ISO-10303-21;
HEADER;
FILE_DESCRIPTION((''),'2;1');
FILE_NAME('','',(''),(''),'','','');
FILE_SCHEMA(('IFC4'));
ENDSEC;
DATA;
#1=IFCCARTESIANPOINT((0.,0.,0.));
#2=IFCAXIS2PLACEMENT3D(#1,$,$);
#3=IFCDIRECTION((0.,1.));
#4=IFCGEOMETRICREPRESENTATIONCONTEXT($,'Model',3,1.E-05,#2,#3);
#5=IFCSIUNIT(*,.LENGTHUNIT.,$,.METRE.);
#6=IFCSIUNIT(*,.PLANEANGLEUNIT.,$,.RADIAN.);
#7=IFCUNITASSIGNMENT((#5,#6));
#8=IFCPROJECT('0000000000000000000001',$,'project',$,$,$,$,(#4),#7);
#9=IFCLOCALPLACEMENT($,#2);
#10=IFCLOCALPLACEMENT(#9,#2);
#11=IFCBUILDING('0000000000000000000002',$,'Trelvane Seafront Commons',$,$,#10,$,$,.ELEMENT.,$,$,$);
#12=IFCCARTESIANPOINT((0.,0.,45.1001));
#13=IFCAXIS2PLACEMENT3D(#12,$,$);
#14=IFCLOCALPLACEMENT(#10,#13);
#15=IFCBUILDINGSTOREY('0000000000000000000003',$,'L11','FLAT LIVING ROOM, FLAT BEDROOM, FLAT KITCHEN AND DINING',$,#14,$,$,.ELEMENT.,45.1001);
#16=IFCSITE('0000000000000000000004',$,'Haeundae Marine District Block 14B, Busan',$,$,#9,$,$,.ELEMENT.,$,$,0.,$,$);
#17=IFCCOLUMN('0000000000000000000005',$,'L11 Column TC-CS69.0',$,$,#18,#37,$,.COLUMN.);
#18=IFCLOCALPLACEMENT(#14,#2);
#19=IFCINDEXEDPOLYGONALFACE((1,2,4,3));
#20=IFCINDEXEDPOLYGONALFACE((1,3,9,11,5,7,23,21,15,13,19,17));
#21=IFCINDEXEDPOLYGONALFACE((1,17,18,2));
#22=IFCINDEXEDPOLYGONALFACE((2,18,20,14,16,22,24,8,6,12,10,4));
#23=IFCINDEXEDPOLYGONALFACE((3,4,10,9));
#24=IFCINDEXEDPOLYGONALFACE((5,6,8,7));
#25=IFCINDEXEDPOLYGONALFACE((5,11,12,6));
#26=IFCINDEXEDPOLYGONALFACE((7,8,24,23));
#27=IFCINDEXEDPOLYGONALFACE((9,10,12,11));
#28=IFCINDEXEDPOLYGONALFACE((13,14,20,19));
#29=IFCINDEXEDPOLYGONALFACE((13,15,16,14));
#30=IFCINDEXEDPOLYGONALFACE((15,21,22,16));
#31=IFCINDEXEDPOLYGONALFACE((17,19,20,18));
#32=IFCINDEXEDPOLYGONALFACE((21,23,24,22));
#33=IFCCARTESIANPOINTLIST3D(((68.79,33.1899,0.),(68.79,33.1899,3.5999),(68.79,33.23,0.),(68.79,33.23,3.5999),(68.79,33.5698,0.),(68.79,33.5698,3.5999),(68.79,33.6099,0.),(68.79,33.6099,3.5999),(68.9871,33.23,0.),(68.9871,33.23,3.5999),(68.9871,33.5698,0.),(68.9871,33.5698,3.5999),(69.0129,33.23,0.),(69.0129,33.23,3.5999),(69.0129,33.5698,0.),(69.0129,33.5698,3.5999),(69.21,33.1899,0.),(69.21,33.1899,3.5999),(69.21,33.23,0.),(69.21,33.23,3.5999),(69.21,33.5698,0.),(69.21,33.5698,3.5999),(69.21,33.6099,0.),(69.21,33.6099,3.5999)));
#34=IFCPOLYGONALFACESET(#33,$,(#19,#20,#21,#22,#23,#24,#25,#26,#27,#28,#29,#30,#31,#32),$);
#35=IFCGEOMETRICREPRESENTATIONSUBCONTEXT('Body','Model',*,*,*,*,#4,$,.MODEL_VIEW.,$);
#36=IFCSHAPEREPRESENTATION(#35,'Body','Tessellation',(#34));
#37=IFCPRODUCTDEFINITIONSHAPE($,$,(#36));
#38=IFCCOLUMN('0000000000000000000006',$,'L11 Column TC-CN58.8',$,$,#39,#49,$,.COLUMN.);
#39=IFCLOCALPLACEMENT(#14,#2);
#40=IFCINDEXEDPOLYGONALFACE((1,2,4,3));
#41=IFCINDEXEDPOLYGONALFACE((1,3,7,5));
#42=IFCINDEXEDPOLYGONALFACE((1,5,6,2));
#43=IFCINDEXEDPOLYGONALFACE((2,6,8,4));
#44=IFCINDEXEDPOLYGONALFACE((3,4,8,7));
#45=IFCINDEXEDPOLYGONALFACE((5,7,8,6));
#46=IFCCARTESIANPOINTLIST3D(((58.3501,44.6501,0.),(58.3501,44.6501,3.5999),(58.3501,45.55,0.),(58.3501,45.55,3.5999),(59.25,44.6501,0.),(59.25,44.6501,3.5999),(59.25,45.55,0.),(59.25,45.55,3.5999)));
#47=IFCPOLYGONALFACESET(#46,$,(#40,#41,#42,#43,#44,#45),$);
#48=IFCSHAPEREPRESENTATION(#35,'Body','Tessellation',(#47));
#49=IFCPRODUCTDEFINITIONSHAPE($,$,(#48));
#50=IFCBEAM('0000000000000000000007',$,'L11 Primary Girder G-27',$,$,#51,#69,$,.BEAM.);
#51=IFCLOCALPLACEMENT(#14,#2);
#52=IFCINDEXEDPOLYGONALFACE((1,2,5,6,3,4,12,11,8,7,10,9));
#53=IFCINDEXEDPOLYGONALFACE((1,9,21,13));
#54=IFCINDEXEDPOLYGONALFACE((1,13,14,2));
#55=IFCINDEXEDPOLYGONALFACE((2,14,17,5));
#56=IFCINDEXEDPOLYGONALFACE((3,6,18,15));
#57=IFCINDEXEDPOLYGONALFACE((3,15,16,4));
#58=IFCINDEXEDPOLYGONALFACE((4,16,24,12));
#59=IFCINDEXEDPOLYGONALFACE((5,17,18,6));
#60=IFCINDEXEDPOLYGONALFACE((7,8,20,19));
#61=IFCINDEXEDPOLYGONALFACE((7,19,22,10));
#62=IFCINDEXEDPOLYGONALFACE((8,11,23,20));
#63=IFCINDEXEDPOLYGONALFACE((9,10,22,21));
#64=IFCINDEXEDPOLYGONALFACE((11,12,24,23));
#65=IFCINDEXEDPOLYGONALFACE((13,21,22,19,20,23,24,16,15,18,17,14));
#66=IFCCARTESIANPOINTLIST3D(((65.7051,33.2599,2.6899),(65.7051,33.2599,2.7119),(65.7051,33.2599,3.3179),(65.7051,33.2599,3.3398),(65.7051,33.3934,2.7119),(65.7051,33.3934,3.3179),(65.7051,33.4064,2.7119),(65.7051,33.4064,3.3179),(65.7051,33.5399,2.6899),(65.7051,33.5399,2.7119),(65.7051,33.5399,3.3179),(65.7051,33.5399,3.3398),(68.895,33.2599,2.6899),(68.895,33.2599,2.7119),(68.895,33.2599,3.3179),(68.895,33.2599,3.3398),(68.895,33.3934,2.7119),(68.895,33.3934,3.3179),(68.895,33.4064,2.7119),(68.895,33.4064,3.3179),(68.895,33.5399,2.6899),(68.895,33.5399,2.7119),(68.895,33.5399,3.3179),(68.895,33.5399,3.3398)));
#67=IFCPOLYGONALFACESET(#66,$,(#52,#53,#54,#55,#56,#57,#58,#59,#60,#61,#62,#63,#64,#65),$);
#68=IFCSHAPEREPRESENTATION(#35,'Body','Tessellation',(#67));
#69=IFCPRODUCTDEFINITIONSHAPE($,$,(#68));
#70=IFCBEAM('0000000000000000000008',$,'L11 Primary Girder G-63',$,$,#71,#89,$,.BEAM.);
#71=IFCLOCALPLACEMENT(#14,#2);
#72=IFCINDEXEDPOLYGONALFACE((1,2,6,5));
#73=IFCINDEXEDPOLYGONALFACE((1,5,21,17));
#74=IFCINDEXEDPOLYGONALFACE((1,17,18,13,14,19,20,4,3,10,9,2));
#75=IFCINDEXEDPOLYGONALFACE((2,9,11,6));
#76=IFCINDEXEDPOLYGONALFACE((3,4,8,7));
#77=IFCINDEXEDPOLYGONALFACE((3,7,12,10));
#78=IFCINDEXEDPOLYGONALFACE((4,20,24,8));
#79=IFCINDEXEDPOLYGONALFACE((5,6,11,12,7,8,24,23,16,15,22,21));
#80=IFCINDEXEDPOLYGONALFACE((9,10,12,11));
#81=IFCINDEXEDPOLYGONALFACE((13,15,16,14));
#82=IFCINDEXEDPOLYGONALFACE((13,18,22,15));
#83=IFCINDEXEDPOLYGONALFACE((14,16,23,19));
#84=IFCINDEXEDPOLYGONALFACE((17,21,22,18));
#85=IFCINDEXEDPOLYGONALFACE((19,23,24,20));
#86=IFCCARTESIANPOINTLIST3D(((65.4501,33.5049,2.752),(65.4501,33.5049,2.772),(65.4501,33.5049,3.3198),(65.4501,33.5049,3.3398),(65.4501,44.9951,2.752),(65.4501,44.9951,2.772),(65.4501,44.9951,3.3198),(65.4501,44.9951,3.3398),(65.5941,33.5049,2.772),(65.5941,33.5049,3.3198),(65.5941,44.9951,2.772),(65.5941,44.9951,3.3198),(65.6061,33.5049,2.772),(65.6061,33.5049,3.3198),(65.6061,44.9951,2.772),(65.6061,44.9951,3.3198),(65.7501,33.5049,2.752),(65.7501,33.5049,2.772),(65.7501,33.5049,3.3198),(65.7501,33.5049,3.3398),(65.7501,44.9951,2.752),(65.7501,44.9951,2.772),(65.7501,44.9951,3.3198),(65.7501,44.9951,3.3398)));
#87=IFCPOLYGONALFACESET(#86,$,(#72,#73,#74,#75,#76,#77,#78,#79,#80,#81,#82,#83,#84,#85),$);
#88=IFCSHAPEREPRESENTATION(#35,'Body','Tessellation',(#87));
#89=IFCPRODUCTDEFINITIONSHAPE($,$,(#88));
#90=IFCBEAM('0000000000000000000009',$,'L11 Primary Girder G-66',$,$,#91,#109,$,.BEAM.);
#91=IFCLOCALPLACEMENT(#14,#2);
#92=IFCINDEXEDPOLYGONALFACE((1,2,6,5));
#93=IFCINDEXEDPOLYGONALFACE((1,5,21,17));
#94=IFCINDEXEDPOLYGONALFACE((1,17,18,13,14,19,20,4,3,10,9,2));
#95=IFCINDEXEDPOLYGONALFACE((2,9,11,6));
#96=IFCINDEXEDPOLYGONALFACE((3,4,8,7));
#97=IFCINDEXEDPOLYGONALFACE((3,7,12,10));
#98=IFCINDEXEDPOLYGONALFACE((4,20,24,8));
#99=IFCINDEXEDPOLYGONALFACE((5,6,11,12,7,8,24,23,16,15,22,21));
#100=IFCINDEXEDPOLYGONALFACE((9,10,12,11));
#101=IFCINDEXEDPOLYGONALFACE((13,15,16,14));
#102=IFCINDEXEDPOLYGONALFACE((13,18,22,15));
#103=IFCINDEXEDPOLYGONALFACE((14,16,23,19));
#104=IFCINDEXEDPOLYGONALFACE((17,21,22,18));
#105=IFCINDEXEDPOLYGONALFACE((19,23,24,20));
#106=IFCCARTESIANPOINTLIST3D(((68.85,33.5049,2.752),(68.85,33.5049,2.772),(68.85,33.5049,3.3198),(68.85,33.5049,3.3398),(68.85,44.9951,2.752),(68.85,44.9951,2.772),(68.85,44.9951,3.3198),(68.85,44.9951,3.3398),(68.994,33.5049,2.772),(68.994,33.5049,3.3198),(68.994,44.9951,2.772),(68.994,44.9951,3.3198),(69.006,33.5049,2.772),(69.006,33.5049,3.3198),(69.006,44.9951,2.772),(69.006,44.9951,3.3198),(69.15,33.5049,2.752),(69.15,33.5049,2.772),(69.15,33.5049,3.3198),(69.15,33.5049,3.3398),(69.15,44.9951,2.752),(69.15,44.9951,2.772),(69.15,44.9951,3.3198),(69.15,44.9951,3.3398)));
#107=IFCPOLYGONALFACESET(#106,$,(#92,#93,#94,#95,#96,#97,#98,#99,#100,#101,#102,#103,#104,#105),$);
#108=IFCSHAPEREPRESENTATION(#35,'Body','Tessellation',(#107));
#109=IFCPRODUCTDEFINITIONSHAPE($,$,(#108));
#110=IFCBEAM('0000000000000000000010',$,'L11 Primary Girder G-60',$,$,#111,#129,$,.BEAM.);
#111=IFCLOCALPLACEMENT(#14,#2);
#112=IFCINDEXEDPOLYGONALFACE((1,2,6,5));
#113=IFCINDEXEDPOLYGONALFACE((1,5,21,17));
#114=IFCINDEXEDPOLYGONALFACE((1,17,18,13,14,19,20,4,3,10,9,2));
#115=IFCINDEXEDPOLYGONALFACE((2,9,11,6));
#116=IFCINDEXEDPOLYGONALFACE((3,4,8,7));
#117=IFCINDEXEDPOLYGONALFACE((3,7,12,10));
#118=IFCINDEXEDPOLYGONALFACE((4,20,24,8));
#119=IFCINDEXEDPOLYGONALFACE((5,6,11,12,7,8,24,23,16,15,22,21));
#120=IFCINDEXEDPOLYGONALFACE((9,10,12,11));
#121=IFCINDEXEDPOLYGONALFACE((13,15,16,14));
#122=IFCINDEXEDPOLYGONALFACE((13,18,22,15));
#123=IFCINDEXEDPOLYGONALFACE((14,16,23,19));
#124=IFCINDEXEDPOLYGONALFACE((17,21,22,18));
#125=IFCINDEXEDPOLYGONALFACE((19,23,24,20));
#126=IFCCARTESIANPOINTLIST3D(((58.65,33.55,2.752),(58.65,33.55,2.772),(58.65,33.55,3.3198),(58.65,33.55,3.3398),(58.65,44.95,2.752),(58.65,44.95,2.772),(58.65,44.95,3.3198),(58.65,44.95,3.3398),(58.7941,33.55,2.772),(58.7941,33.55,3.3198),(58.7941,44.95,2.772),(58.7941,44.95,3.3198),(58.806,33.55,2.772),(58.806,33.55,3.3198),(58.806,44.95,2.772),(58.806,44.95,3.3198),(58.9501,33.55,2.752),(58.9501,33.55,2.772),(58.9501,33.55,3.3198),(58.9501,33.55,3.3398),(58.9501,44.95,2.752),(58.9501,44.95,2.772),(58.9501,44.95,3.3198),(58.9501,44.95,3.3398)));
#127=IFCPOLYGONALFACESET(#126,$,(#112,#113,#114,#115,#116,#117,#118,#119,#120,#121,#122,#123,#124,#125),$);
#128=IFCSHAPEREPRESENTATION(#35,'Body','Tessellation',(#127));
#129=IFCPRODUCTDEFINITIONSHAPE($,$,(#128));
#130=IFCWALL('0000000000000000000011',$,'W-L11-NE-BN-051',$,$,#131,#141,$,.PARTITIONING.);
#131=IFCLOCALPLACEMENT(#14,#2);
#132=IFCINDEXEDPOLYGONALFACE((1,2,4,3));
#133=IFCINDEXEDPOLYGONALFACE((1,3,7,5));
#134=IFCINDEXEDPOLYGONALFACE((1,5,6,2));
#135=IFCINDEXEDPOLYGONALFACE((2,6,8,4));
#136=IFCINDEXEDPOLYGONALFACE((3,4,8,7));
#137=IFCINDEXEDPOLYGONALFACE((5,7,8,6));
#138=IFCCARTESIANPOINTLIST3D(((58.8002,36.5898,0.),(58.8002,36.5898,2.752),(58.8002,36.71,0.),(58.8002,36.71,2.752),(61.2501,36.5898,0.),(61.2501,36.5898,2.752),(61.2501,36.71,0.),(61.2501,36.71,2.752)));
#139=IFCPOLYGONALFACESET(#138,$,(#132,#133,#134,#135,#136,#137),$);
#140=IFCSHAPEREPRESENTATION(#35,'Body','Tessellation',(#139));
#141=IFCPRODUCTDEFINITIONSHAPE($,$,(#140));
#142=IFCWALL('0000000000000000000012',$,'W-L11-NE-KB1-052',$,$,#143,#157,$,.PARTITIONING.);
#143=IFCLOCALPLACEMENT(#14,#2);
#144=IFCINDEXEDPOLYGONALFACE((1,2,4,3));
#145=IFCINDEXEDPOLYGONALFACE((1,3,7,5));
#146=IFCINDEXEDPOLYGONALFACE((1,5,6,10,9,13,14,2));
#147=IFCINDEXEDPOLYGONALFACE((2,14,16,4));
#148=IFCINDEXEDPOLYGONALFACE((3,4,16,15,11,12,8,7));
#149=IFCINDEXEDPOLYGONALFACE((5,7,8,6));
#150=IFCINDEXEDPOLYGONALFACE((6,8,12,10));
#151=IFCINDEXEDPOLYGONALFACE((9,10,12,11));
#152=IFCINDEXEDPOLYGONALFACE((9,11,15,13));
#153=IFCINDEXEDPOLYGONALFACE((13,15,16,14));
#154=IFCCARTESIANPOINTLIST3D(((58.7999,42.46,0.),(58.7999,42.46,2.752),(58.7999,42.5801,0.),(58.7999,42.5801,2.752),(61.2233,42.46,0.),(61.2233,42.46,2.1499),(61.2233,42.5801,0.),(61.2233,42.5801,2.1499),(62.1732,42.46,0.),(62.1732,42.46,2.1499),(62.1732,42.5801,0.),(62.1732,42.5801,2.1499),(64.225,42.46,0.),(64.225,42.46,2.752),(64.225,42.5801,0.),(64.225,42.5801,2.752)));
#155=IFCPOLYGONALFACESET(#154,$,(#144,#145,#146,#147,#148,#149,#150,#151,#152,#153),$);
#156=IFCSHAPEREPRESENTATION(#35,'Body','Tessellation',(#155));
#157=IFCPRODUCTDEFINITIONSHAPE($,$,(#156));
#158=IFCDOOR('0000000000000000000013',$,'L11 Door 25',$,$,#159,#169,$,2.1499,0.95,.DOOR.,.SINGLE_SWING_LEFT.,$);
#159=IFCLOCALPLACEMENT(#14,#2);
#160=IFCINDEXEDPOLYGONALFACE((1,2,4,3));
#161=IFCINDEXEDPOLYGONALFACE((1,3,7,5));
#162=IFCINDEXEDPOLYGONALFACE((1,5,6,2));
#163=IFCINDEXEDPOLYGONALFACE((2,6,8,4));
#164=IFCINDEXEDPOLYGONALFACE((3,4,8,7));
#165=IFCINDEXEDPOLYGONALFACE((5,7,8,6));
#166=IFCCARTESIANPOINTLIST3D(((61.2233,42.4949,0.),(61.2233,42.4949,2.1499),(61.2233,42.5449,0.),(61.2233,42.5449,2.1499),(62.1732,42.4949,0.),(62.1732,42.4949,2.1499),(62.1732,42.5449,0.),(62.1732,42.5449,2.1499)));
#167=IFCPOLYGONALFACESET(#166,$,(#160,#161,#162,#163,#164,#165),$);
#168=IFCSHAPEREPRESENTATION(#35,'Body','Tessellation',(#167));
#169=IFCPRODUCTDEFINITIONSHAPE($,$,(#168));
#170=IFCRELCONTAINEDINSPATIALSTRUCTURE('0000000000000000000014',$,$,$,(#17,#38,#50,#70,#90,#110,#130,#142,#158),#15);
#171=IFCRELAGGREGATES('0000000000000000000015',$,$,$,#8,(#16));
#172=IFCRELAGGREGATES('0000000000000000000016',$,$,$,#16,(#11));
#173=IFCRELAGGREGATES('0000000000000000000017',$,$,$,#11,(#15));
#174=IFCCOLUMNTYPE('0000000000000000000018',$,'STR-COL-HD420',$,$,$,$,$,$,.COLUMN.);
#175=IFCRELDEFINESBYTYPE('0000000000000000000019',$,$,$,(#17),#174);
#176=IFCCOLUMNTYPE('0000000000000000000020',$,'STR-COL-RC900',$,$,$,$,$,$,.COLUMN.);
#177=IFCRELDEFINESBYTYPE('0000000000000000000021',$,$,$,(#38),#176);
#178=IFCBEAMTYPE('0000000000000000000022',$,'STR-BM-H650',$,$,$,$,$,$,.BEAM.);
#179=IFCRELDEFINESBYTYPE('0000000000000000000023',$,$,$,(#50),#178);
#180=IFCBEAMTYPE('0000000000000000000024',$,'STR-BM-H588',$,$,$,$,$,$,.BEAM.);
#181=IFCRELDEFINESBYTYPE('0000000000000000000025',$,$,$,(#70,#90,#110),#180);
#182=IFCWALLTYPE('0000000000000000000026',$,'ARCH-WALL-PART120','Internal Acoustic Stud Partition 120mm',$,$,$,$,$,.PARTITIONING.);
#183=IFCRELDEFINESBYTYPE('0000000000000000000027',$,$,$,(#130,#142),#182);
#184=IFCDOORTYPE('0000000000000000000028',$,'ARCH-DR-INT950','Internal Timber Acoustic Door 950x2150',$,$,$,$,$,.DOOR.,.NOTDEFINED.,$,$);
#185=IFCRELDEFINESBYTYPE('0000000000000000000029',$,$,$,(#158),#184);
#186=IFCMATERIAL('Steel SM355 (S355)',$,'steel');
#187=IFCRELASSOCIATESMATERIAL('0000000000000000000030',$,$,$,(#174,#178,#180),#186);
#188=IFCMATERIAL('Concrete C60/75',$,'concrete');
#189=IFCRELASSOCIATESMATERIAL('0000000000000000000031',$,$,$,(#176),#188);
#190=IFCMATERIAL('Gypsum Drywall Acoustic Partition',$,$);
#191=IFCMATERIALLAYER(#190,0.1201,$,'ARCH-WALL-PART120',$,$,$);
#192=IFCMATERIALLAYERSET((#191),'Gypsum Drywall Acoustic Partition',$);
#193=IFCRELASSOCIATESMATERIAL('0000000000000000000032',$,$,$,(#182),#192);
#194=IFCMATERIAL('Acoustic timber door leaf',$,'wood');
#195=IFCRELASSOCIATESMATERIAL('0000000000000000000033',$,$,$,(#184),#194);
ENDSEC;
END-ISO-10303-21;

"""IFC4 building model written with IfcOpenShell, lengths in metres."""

from ifc_helpers import new_model, si_unit, direction, frame, frame_2d, origin, origin_2d, place, context, subcontext, project, spatial, rectangle, i_section, extrude, source, transform, mapped, material, layer, layer_set, material_profile, profile_set, type_object, element, fill, save


model = new_model("IFC4")

# Units and contexts
model_context = context("Model", 3, precision=1e-05, world=origin(), true_north=direction((0.0, 1.0)))
body_context = subcontext(model_context, "Body", "Model", "MODEL_VIEW")
ifc_project = project(units=[si_unit("LENGTHUNIT", "METRE"), si_unit("PLANEANGLEUNIT", "RADIAN")], contexts=[model_context])

# Site, building, storey
site_placement = place(None, origin())
site = spatial("IfcSite", under=ifc_project, at=site_placement, Name="Haeundae Marine District Block 14B, Busan", CompositionType="ELEMENT", RefElevation=0.0)
building_placement = place(site_placement, origin())
building = spatial("IfcBuilding", under=site, at=building_placement, Name="Trelvane Seafront Commons", CompositionType="ELEMENT")
storey_placement = place(building_placement, frame((0.0, 0.0, 45.1001)))
storey = spatial("IfcBuildingStorey", under=building, at=storey_placement, Name="L11", Description="FLAT LIVING ROOM, FLAT BEDROOM, FLAT KITCHEN AND DINING", CompositionType="ELEMENT", Elevation=45.1001)

# Columns
ifc_material_1 = material(Name="Steel SM355 (S355)", Category="steel")
ifc_material_profile_1 = material_profile(ifc_material_1, i_section(OverallWidth=0.4199, OverallDepth=0.4199, WebThickness=0.0259, FlangeThickness=0.04, at=origin_2d()), Name="HD-420x420x26x40")
ifc_profile_set_1 = profile_set([ifc_material_profile_1], Name="Steel SM355 (S355)")
column_type_1 = type_object("IfcColumnType", Name="STR-COL-HD420", PredefinedType="COLUMN", material=ifc_profile_set_1)
shared_shape_1 = source(origin(), body_context, "Body", "SweptSolid", [
    extrude(i_section(OverallWidth=0.4199, OverallDepth=0.4199, WebThickness=0.0259, FlangeThickness=0.04, at=origin_2d()), origin(), (0.0, 0.0, 1.0), 3.5999),
])
column_1_placement = place(storey_placement, frame((69.0, 33.3999, 0.0), z_axis=(0.0, 0.0, 1.0), x_axis=(1.0, 0.0, 0.0)))
element("IfcColumn", 1, at=column_1_placement, inside=storey, type_object=column_type_1, Name="L11 Column TC-CS69.0", PredefinedType="COLUMN", context=body_context, shape_type="MappedRepresentation", body=[
    mapped(shared_shape_1, transform((0.0, 0.0, 0.0), x_axis=(1.0, 0.0, 0.0), y_axis=(0.0, 1.0, 0.0), z_axis=(0.0, 0.0, 1.0), scale=1.0)),
])
ifc_material_2 = material(Name="Concrete C60/75", Category="concrete")
ifc_material_profile_2 = material_profile(ifc_material_2, rectangle(XDim=0.8999, YDim=0.8999, at=origin_2d()), Name="RC-900x900")
ifc_profile_set_2 = profile_set([ifc_material_profile_2], Name="Concrete C60/75")
column_type_2 = type_object("IfcColumnType", Name="STR-COL-RC900", PredefinedType="COLUMN", material=ifc_profile_set_2)
shared_shape_2 = source(origin(), body_context, "Body", "SweptSolid", [
    extrude(rectangle(XDim=0.8999, YDim=0.8999, at=origin_2d()), origin(), (0.0, 0.0, 1.0), 3.5999),
])
column_2_placement = place(storey_placement, frame((58.8, 45.1001, 0.0), z_axis=(0.0, 0.0, 1.0), x_axis=(1.0, 0.0, 0.0)))
element("IfcColumn", 2, at=column_2_placement, inside=storey, type_object=column_type_2, Name="L11 Column TC-CN58.8", PredefinedType="COLUMN", context=body_context, shape_type="MappedRepresentation", body=[
    mapped(shared_shape_2, transform((0.0, 0.0, 0.0), x_axis=(1.0, 0.0, 0.0), y_axis=(0.0, 1.0, 0.0), z_axis=(0.0, 0.0, 1.0), scale=1.0)),
])

# Beams
ifc_material_profile_3 = material_profile(ifc_material_1, i_section(OverallWidth=0.28, OverallDepth=0.6499, WebThickness=0.0129, FlangeThickness=0.022, at=origin_2d()), Name="H-650x280x13x22")
ifc_profile_set_3 = profile_set([ifc_material_profile_3], Name="Steel SM355 (S355)")
beam_type_1 = type_object("IfcBeamType", Name="STR-BM-H650", PredefinedType="BEAM", material=ifc_profile_set_3)
shared_shape_3 = source(origin(), body_context, "Body", "SweptSolid", [
    extrude(i_section(OverallWidth=0.28, OverallDepth=0.6499, WebThickness=0.0129, FlangeThickness=0.022, at=origin_2d()), origin(), (0.0, 0.0, 1.0), 3.1899),
])
beam_1_placement = place(storey_placement, frame((65.7051, 33.3999, 3.0149), z_axis=(1.0, 0.0, 0.0), x_axis=(0.0, 1.0, 0.0)))
element("IfcBeam", 3, at=beam_1_placement, inside=storey, type_object=beam_type_1, Name="L11 Primary Girder G-27", PredefinedType="BEAM", context=body_context, shape_type="MappedRepresentation", body=[
    mapped(shared_shape_3, transform((0.0, 0.0, 0.0), x_axis=(1.0, 0.0, 0.0), y_axis=(0.0, 1.0, 0.0), z_axis=(0.0, 0.0, 1.0), scale=1.0)),
])
ifc_material_profile_4 = material_profile(ifc_material_1, i_section(OverallWidth=0.3, OverallDepth=0.5879, WebThickness=0.012, FlangeThickness=0.02, at=origin_2d()), Name="H-588x300x12x20")
ifc_profile_set_4 = profile_set([ifc_material_profile_4], Name="Steel SM355 (S355)")
beam_type_2 = type_object("IfcBeamType", Name="STR-BM-H588", PredefinedType="BEAM", material=ifc_profile_set_4)
shared_shape_4 = source(origin(), body_context, "Body", "SweptSolid", [
    extrude(i_section(OverallWidth=0.3, OverallDepth=0.5879, WebThickness=0.012, FlangeThickness=0.02, at=origin_2d()), origin(), (0.0, 0.0, 1.0), 11.4902),
])
for number, where, z_axis, x_axis, name in (
    (4, (65.6001, 33.5049, 3.0459), (0.0, 1.0, 0.0), (-1.0, 0.0, 0.0), "L11 Primary Girder G-63"),
    (5, (69.0, 33.5049, 3.0459), (0.0, 1.0, 0.0), (-1.0, 0.0, 0.0), "L11 Primary Girder G-66"),
):
    element("IfcBeam", number, at=place(storey_placement, frame(where, z_axis=z_axis, x_axis=x_axis)), inside=storey, type_object=beam_type_2, Name=name, PredefinedType="BEAM", context=body_context, shape_type="MappedRepresentation", body=[
        mapped(shared_shape_4, transform((0.0, 0.0, 0.0), x_axis=(1.0, 0.0, 0.0), y_axis=(0.0, 1.0, 0.0), z_axis=(0.0, 0.0, 1.0), scale=1.0)),
    ])
shared_shape_5 = source(origin(), body_context, "Body", "SweptSolid", [
    extrude(i_section(OverallWidth=0.3, OverallDepth=0.5879, WebThickness=0.012, FlangeThickness=0.02, at=origin_2d()), origin(), (0.0, 0.0, 1.0), 11.3999),
])
beam_2_placement = place(storey_placement, frame((58.8, 33.55, 3.0459), z_axis=(0.0, 1.0, 0.0), x_axis=(-1.0, 0.0, 0.0)))
element("IfcBeam", 6, at=beam_2_placement, inside=storey, type_object=beam_type_2, Name="L11 Primary Girder G-60", PredefinedType="BEAM", context=body_context, shape_type="MappedRepresentation", body=[
    mapped(shared_shape_5, transform((0.0, 0.0, 0.0), x_axis=(1.0, 0.0, 0.0), y_axis=(0.0, 1.0, 0.0), z_axis=(0.0, 0.0, 1.0), scale=1.0)),
])

# Wall
ifc_material_3 = material(Name="Gypsum Drywall Acoustic Partition")
ifc_layer_1 = layer(ifc_material_3, 0.1201, Name="ARCH-WALL-PART120")
ifc_layer_set_1 = layer_set([ifc_layer_1], Name="Gypsum Drywall Acoustic Partition")
wall_type_1 = type_object("IfcWallType", Name="ARCH-WALL-PART120", Description="Internal Acoustic Stud Partition 120mm", PredefinedType="PARTITIONING", material=ifc_layer_set_1)
wall_1_placement = place(storey_placement, frame((58.8, 36.6499, 0.0), z_axis=(0.0, 0.0, 1.0), x_axis=(1.0, 0.0, 0.0)))
element("IfcWall", 7, at=wall_1_placement, inside=storey, type_object=wall_type_1, Name="W-L11-NE-BN-051", PredefinedType="PARTITIONING", context=body_context, shape_type="SweptSolid", body=[
    extrude(rectangle(XDim=2.45, YDim=0.1201, at=frame_2d((1.2251, 0.0))), origin(), (0.0, 0.0, 1.0), 2.752),
])

# Wall, opening, door
wall_2_placement = place(storey_placement, frame((58.8, 42.52, 0.0), z_axis=(0.0, 0.0, 1.0), x_axis=(1.0, 0.0, 0.0)))
wall_2 = element("IfcWall", 8, at=wall_2_placement, inside=storey, type_object=wall_type_1, Name="W-L11-NE-KB1-052", PredefinedType="PARTITIONING", context=body_context, shape_type="SweptSolid", body=[
    extrude(rectangle(XDim=5.425, YDim=0.1201, at=frame_2d((2.7124, 0.0))), origin(), (0.0, 0.0, 1.0), 2.752),
])
opening_1_placement = place(wall_2_placement, frame((2.4231, 0.0, 0.0)))
opening_1 = element("IfcOpeningElement", 9, at=opening_1_placement, cuts=wall_2, PredefinedType="OPENING", context=body_context, shape_type="SweptSolid", body=[
    extrude(rectangle(XDim=0.95, YDim=2.1499, at=frame_2d((0.4751, 1.075))), frame((0.0, 0.0701, 0.0), z_axis=(0.0, -1.0, 0.0), x_axis=(1.0, 0.0, 0.0)), (0.0, 0.0, 1.0), 0.1401),
])
ifc_material_4 = material(Name="Acoustic timber door leaf", Category="wood")
door_type_1 = type_object("IfcDoorType", Name="ARCH-DR-INT950", Description="Internal Timber Acoustic Door 950x2150", OperationType="NOTDEFINED", PredefinedType="DOOR", material=ifc_material_4)
shared_shape_6 = source(origin(), body_context, "Body", "SweptSolid", [
    extrude(rectangle(XDim=0.95, YDim=2.1499, at=frame_2d((0.4751, 1.075))), frame((0.0, 0.0249, 0.0), z_axis=(0.0, -1.0, 0.0), x_axis=(1.0, 0.0, 0.0)), (0.0, 0.0, 1.0), 0.05),
])
door_1_placement = place(opening_1_placement, origin())
door_1 = element("IfcDoor", 10, at=door_1_placement, inside=storey, type_object=door_type_1, Name="L11 Door 25", OperationType="SINGLE_SWING_LEFT", OverallHeight=2.1499, OverallWidth=0.95, PredefinedType="DOOR", context=body_context, shape_type="MappedRepresentation", body=[
    mapped(shared_shape_6, transform((0.0, 0.0, 0.0), x_axis=(1.0, 0.0, 0.0), y_axis=(0.0, 1.0, 0.0), z_axis=(0.0, 0.0, 1.0), scale=1.0)),
])
fill(opening_1, door_1)

save(model, "model.ifc")
